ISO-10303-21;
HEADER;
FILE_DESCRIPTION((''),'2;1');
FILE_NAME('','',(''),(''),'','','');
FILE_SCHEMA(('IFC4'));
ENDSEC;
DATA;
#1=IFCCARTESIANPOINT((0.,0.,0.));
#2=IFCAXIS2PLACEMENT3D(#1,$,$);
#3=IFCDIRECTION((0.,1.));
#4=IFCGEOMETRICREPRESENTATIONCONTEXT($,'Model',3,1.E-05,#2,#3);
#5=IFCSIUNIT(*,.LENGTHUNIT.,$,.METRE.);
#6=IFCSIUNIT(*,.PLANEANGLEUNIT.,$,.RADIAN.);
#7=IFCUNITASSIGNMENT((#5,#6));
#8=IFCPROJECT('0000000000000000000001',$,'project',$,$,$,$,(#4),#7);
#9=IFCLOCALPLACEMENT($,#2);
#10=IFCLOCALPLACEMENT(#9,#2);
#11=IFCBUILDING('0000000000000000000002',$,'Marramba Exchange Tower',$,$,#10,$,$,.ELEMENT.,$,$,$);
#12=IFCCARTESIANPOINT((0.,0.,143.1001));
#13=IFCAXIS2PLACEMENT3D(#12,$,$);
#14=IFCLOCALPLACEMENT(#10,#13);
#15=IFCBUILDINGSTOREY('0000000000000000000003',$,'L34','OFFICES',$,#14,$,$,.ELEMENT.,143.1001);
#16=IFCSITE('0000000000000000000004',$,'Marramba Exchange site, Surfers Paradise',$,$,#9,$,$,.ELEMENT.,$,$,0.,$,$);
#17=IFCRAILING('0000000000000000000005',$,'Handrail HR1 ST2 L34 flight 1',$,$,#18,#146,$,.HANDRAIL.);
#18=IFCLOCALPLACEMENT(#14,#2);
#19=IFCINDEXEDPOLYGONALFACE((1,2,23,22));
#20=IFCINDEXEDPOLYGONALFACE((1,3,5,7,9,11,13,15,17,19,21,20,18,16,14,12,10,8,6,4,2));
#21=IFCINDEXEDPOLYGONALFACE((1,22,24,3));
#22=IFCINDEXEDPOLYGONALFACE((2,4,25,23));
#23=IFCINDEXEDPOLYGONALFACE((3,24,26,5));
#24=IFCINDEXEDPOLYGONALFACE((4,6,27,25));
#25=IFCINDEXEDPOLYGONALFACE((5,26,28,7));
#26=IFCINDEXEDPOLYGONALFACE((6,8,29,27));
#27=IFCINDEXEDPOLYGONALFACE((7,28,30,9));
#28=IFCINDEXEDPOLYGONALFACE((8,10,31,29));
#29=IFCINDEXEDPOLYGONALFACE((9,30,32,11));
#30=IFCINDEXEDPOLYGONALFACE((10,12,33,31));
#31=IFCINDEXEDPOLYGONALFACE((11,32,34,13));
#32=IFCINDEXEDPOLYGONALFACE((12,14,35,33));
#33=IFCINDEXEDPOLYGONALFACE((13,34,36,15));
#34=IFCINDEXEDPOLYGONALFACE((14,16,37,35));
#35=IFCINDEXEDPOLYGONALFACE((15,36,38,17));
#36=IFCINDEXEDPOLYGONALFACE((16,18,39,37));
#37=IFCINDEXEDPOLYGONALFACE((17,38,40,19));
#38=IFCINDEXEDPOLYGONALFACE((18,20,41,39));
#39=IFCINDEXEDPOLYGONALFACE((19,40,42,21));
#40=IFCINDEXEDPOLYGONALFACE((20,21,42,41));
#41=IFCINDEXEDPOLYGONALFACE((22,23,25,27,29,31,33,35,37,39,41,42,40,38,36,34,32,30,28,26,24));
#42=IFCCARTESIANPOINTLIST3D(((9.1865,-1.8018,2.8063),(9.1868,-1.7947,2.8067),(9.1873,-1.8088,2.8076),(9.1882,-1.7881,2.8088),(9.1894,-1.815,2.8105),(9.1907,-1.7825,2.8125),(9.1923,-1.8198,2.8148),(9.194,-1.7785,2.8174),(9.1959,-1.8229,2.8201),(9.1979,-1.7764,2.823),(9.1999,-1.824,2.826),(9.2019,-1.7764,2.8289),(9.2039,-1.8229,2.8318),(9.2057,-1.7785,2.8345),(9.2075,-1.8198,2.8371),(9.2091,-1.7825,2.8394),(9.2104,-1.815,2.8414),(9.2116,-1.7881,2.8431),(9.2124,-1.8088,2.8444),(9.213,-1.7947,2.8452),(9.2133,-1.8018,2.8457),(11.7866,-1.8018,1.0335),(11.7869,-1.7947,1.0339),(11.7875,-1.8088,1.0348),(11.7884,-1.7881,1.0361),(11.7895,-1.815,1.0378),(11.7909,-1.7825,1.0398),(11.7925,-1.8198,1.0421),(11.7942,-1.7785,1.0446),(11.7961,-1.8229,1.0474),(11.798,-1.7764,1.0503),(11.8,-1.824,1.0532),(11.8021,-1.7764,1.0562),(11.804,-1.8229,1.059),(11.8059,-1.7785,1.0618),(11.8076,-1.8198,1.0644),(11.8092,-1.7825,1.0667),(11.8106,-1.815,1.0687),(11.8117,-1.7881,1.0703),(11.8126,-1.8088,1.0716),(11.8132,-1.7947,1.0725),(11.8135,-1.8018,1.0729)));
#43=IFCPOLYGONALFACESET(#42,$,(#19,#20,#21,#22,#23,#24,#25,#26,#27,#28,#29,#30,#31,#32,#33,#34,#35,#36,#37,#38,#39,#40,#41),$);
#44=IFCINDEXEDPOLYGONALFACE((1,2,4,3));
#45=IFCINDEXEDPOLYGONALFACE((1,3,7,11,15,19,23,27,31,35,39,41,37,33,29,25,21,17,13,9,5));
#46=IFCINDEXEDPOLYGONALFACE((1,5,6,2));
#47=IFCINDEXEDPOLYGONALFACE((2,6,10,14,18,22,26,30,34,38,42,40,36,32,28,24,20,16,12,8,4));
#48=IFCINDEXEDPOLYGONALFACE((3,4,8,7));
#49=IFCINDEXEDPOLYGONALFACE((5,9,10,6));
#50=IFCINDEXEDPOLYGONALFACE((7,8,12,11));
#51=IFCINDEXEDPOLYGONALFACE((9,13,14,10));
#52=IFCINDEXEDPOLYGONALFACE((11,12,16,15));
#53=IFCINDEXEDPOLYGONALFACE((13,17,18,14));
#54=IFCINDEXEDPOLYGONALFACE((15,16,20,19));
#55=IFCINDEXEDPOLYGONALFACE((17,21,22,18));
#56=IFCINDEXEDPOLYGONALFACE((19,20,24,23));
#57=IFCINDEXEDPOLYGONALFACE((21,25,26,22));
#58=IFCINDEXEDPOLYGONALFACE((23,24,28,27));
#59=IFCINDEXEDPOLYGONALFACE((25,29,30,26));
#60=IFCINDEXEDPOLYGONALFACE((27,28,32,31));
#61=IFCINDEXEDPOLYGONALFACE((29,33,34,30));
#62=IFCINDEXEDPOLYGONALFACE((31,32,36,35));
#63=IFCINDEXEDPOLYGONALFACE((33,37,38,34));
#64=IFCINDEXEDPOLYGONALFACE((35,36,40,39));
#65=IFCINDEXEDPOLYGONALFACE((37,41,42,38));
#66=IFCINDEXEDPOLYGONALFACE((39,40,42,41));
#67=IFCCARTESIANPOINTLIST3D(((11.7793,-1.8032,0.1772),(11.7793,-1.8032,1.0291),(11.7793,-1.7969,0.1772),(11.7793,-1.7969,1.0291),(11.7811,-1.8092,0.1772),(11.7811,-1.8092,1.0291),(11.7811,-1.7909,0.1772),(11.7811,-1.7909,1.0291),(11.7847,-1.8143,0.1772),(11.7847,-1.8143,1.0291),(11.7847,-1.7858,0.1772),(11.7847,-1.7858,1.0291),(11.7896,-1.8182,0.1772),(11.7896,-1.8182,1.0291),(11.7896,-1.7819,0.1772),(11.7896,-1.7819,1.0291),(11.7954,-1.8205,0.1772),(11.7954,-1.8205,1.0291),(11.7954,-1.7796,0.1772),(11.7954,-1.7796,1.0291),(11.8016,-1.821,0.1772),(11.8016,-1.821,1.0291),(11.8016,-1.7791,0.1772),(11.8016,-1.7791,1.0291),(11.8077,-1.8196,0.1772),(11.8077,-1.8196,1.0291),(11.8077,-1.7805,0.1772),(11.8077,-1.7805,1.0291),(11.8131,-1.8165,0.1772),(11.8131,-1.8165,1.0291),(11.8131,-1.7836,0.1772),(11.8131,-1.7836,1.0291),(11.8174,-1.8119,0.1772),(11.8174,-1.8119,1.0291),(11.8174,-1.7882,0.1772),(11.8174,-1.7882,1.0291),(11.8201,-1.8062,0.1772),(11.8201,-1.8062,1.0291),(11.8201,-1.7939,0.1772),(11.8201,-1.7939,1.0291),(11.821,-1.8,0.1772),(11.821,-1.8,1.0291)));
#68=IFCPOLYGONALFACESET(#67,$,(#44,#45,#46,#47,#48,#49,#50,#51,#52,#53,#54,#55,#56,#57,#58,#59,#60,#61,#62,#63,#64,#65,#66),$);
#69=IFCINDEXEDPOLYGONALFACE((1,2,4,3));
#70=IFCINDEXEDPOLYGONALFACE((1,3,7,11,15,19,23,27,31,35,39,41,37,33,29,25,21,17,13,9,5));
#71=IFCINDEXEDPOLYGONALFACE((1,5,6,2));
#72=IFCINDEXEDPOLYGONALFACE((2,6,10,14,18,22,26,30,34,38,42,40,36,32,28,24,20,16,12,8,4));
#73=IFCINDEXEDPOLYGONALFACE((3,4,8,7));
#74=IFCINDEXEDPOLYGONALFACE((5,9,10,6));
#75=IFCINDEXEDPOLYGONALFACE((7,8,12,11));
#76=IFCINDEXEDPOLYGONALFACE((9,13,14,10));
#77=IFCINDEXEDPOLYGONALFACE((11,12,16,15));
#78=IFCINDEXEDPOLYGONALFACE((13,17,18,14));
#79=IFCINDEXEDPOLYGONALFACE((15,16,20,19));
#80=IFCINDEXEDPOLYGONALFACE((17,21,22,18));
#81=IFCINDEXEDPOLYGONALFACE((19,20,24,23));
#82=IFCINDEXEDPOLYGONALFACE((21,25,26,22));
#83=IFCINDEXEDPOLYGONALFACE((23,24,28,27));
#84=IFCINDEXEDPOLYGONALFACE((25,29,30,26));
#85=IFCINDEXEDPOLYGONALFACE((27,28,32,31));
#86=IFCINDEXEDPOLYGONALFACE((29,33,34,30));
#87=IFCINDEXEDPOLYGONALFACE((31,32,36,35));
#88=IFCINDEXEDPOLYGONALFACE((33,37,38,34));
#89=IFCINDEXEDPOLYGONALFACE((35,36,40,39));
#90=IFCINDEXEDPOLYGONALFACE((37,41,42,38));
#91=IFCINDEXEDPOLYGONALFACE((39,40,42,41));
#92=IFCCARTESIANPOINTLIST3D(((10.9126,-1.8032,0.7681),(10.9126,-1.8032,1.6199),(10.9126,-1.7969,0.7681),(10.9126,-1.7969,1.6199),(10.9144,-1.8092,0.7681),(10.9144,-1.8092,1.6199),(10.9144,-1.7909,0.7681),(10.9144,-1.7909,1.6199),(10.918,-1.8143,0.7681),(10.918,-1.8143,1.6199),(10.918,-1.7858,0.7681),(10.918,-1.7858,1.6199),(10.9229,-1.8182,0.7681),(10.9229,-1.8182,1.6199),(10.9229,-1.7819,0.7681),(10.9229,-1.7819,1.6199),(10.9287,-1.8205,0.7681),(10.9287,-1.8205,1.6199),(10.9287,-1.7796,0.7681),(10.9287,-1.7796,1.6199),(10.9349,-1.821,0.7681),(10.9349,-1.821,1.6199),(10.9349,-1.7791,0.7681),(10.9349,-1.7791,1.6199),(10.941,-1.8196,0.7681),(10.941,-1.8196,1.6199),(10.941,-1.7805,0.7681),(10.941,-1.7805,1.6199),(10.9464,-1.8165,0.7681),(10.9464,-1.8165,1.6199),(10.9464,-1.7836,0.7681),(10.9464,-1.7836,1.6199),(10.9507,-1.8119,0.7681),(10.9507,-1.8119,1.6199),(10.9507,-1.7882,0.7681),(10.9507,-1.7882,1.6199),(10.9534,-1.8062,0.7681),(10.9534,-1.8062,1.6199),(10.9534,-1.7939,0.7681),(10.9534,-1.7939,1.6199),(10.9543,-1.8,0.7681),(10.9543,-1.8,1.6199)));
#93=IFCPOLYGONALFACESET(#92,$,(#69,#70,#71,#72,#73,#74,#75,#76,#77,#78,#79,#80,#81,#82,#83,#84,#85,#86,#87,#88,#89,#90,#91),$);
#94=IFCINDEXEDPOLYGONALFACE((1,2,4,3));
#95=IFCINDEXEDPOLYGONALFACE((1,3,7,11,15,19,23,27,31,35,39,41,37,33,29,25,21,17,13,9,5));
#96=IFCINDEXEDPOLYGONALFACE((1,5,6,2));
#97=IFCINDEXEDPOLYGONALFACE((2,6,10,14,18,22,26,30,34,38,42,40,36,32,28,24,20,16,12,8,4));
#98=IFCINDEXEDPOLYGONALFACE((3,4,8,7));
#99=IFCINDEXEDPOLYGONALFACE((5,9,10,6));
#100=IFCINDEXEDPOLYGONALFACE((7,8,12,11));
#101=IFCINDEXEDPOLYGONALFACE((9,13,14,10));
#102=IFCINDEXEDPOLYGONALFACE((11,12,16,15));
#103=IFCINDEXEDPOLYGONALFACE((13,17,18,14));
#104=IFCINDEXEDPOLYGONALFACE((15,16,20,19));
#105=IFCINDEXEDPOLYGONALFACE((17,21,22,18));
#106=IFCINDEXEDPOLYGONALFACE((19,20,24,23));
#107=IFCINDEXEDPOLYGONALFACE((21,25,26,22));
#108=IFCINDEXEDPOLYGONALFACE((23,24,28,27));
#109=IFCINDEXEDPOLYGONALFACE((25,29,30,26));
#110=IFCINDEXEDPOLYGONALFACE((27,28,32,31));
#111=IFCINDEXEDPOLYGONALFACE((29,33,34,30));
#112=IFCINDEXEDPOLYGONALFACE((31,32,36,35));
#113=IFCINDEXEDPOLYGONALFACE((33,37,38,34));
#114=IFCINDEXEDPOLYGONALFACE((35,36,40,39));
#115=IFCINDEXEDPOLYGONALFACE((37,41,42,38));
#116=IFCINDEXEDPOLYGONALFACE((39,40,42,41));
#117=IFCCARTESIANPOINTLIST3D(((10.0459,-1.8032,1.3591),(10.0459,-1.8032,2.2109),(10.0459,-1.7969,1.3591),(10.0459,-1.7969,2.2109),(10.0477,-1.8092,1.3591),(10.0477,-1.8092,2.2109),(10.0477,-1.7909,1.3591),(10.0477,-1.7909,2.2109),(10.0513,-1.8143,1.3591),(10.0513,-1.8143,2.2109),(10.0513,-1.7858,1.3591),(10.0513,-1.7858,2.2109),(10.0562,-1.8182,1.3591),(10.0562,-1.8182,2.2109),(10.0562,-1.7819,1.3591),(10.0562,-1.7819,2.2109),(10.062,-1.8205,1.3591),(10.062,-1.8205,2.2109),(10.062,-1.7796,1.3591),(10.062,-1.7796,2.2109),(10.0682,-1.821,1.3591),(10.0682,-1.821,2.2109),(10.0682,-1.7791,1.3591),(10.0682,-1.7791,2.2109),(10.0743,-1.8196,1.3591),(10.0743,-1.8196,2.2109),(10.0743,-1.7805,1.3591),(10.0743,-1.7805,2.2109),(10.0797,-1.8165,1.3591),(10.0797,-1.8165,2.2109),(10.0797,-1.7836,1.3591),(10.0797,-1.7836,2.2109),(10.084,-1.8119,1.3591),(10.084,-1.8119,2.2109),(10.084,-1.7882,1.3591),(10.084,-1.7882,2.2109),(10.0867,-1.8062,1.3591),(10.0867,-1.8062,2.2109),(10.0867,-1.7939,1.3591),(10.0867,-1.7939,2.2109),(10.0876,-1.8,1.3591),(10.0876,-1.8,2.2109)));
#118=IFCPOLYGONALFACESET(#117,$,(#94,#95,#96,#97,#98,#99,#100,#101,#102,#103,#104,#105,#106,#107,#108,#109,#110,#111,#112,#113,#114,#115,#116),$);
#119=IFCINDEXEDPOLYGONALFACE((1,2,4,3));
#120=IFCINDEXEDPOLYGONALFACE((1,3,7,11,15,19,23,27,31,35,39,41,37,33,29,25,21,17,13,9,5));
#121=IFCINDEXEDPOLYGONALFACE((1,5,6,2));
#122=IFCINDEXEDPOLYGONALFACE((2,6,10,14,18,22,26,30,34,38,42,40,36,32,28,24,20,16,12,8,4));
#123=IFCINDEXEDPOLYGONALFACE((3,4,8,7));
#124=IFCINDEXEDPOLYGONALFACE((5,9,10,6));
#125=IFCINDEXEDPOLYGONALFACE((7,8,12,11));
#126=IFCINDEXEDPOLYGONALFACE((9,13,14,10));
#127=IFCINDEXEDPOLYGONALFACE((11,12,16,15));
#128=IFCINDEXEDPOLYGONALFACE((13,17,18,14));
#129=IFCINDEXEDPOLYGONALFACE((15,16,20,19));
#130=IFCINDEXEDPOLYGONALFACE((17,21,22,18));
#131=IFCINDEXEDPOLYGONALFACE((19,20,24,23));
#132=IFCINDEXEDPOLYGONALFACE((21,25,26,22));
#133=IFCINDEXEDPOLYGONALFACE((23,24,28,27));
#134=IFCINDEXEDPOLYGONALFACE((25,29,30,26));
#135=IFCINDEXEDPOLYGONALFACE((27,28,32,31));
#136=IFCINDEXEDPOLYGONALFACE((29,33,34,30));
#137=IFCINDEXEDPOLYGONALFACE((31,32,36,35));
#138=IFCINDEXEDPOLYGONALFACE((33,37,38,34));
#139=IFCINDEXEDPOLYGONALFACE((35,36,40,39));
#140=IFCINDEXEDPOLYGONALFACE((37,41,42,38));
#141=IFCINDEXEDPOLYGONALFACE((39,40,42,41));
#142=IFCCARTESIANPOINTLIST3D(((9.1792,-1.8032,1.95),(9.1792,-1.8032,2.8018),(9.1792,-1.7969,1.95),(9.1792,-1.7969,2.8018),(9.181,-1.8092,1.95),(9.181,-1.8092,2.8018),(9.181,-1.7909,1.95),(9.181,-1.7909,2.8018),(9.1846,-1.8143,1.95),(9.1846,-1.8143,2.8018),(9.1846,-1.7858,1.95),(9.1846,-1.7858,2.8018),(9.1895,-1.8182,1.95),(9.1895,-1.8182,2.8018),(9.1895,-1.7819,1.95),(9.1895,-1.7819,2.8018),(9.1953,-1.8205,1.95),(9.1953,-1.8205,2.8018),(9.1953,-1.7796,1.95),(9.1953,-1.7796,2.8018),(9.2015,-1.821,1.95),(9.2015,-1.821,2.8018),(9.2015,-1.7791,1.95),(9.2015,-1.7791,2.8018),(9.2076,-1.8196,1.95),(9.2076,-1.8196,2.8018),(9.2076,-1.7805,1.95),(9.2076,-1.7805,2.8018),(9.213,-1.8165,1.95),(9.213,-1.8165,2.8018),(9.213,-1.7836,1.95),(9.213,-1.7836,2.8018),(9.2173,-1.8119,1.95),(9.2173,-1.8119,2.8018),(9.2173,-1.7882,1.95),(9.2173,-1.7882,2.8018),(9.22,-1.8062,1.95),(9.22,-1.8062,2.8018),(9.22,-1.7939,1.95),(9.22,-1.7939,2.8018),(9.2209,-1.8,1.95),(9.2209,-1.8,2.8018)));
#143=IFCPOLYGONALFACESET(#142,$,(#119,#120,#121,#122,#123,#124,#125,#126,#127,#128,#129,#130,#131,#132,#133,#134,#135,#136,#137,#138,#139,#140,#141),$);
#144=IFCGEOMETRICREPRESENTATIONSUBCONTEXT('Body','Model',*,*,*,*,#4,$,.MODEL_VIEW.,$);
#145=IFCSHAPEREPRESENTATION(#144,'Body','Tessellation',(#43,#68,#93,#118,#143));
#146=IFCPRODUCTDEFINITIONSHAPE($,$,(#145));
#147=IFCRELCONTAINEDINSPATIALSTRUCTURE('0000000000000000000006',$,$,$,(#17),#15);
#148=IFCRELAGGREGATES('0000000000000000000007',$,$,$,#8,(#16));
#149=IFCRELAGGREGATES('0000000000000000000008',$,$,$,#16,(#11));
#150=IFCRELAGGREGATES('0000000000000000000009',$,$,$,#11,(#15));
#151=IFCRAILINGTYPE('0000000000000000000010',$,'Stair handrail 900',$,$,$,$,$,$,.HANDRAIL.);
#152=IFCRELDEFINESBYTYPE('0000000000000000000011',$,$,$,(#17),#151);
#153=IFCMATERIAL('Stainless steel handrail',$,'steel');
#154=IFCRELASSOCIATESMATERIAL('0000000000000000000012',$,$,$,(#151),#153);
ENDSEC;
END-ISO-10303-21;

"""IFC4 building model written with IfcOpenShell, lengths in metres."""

from ifc_helpers import new_model, si_unit, direction, frame, origin, origin_2d, place, context, subcontext, project, spatial, circle, extrude, material, type_object, element, save


model = new_model("IFC4")

# Units and contexts
model_context = context("Model", 3, precision=1e-05, world=origin(), true_north=direction((0.0, 1.0)))
body_context = subcontext(model_context, "Body", "Model", "MODEL_VIEW")
ifc_project = project(units=[si_unit("LENGTHUNIT", "METRE"), si_unit("PLANEANGLEUNIT", "RADIAN")], contexts=[model_context])

# Site, building, storey
site_placement = place(None, origin())
site = spatial("IfcSite", under=ifc_project, at=site_placement, Name="Marramba Exchange site, Surfers Paradise", CompositionType="ELEMENT", RefElevation=0.0)
building_placement = place(site_placement, origin())
building = spatial("IfcBuilding", under=site, at=building_placement, Name="Marramba Exchange Tower", CompositionType="ELEMENT")
storey_placement = place(building_placement, frame((0.0, 0.0, 143.1001)))
storey = spatial("IfcBuildingStorey", under=building, at=storey_placement, Name="L34", Description="OFFICES", CompositionType="ELEMENT", Elevation=143.1001)

# Railing
ifc_material_1 = material(Name="Stainless steel handrail", Category="steel")
railing_type = type_object("IfcRailingType", Name="Stair handrail 900", PredefinedType="HANDRAIL", material=ifc_material_1)
railing_placement = place(storey_placement, frame((11.8, -1.8, 0.1772)))
element("IfcRailing", 1, at=railing_placement, inside=storey, type_object=railing_type, Name="Handrail HR1 ST2 L34 flight 1", PredefinedType="HANDRAIL", context=body_context, shape_type="SweptSolid", body=[
    extrude(circle(Radius=0.0239, at=origin_2d()), frame((0.0, 0.0, 0.876), z_axis=(-0.82624, 0.0, 0.563318), x_axis=(0.0, -1.0, 0.0)), (0.0, 0.0, 1.0), 3.147),
    extrude(circle(Radius=0.021, at=origin_2d()), origin(), (0.0, 0.0, 1.0), 0.8518),
    extrude(circle(Radius=0.021, at=origin_2d()), frame((-0.8667, 0.0, 0.5908)), (0.0, 0.0, 1.0), 0.8518),
    extrude(circle(Radius=0.021, at=origin_2d()), frame((-1.7334, 0.0, 1.1819)), (0.0, 0.0, 1.0), 0.8518),
    extrude(circle(Radius=0.021, at=origin_2d()), frame((-2.6001, 0.0, 1.7727)), (0.0, 0.0, 1.0), 0.8518),
])

save(model, "model.ifc")
